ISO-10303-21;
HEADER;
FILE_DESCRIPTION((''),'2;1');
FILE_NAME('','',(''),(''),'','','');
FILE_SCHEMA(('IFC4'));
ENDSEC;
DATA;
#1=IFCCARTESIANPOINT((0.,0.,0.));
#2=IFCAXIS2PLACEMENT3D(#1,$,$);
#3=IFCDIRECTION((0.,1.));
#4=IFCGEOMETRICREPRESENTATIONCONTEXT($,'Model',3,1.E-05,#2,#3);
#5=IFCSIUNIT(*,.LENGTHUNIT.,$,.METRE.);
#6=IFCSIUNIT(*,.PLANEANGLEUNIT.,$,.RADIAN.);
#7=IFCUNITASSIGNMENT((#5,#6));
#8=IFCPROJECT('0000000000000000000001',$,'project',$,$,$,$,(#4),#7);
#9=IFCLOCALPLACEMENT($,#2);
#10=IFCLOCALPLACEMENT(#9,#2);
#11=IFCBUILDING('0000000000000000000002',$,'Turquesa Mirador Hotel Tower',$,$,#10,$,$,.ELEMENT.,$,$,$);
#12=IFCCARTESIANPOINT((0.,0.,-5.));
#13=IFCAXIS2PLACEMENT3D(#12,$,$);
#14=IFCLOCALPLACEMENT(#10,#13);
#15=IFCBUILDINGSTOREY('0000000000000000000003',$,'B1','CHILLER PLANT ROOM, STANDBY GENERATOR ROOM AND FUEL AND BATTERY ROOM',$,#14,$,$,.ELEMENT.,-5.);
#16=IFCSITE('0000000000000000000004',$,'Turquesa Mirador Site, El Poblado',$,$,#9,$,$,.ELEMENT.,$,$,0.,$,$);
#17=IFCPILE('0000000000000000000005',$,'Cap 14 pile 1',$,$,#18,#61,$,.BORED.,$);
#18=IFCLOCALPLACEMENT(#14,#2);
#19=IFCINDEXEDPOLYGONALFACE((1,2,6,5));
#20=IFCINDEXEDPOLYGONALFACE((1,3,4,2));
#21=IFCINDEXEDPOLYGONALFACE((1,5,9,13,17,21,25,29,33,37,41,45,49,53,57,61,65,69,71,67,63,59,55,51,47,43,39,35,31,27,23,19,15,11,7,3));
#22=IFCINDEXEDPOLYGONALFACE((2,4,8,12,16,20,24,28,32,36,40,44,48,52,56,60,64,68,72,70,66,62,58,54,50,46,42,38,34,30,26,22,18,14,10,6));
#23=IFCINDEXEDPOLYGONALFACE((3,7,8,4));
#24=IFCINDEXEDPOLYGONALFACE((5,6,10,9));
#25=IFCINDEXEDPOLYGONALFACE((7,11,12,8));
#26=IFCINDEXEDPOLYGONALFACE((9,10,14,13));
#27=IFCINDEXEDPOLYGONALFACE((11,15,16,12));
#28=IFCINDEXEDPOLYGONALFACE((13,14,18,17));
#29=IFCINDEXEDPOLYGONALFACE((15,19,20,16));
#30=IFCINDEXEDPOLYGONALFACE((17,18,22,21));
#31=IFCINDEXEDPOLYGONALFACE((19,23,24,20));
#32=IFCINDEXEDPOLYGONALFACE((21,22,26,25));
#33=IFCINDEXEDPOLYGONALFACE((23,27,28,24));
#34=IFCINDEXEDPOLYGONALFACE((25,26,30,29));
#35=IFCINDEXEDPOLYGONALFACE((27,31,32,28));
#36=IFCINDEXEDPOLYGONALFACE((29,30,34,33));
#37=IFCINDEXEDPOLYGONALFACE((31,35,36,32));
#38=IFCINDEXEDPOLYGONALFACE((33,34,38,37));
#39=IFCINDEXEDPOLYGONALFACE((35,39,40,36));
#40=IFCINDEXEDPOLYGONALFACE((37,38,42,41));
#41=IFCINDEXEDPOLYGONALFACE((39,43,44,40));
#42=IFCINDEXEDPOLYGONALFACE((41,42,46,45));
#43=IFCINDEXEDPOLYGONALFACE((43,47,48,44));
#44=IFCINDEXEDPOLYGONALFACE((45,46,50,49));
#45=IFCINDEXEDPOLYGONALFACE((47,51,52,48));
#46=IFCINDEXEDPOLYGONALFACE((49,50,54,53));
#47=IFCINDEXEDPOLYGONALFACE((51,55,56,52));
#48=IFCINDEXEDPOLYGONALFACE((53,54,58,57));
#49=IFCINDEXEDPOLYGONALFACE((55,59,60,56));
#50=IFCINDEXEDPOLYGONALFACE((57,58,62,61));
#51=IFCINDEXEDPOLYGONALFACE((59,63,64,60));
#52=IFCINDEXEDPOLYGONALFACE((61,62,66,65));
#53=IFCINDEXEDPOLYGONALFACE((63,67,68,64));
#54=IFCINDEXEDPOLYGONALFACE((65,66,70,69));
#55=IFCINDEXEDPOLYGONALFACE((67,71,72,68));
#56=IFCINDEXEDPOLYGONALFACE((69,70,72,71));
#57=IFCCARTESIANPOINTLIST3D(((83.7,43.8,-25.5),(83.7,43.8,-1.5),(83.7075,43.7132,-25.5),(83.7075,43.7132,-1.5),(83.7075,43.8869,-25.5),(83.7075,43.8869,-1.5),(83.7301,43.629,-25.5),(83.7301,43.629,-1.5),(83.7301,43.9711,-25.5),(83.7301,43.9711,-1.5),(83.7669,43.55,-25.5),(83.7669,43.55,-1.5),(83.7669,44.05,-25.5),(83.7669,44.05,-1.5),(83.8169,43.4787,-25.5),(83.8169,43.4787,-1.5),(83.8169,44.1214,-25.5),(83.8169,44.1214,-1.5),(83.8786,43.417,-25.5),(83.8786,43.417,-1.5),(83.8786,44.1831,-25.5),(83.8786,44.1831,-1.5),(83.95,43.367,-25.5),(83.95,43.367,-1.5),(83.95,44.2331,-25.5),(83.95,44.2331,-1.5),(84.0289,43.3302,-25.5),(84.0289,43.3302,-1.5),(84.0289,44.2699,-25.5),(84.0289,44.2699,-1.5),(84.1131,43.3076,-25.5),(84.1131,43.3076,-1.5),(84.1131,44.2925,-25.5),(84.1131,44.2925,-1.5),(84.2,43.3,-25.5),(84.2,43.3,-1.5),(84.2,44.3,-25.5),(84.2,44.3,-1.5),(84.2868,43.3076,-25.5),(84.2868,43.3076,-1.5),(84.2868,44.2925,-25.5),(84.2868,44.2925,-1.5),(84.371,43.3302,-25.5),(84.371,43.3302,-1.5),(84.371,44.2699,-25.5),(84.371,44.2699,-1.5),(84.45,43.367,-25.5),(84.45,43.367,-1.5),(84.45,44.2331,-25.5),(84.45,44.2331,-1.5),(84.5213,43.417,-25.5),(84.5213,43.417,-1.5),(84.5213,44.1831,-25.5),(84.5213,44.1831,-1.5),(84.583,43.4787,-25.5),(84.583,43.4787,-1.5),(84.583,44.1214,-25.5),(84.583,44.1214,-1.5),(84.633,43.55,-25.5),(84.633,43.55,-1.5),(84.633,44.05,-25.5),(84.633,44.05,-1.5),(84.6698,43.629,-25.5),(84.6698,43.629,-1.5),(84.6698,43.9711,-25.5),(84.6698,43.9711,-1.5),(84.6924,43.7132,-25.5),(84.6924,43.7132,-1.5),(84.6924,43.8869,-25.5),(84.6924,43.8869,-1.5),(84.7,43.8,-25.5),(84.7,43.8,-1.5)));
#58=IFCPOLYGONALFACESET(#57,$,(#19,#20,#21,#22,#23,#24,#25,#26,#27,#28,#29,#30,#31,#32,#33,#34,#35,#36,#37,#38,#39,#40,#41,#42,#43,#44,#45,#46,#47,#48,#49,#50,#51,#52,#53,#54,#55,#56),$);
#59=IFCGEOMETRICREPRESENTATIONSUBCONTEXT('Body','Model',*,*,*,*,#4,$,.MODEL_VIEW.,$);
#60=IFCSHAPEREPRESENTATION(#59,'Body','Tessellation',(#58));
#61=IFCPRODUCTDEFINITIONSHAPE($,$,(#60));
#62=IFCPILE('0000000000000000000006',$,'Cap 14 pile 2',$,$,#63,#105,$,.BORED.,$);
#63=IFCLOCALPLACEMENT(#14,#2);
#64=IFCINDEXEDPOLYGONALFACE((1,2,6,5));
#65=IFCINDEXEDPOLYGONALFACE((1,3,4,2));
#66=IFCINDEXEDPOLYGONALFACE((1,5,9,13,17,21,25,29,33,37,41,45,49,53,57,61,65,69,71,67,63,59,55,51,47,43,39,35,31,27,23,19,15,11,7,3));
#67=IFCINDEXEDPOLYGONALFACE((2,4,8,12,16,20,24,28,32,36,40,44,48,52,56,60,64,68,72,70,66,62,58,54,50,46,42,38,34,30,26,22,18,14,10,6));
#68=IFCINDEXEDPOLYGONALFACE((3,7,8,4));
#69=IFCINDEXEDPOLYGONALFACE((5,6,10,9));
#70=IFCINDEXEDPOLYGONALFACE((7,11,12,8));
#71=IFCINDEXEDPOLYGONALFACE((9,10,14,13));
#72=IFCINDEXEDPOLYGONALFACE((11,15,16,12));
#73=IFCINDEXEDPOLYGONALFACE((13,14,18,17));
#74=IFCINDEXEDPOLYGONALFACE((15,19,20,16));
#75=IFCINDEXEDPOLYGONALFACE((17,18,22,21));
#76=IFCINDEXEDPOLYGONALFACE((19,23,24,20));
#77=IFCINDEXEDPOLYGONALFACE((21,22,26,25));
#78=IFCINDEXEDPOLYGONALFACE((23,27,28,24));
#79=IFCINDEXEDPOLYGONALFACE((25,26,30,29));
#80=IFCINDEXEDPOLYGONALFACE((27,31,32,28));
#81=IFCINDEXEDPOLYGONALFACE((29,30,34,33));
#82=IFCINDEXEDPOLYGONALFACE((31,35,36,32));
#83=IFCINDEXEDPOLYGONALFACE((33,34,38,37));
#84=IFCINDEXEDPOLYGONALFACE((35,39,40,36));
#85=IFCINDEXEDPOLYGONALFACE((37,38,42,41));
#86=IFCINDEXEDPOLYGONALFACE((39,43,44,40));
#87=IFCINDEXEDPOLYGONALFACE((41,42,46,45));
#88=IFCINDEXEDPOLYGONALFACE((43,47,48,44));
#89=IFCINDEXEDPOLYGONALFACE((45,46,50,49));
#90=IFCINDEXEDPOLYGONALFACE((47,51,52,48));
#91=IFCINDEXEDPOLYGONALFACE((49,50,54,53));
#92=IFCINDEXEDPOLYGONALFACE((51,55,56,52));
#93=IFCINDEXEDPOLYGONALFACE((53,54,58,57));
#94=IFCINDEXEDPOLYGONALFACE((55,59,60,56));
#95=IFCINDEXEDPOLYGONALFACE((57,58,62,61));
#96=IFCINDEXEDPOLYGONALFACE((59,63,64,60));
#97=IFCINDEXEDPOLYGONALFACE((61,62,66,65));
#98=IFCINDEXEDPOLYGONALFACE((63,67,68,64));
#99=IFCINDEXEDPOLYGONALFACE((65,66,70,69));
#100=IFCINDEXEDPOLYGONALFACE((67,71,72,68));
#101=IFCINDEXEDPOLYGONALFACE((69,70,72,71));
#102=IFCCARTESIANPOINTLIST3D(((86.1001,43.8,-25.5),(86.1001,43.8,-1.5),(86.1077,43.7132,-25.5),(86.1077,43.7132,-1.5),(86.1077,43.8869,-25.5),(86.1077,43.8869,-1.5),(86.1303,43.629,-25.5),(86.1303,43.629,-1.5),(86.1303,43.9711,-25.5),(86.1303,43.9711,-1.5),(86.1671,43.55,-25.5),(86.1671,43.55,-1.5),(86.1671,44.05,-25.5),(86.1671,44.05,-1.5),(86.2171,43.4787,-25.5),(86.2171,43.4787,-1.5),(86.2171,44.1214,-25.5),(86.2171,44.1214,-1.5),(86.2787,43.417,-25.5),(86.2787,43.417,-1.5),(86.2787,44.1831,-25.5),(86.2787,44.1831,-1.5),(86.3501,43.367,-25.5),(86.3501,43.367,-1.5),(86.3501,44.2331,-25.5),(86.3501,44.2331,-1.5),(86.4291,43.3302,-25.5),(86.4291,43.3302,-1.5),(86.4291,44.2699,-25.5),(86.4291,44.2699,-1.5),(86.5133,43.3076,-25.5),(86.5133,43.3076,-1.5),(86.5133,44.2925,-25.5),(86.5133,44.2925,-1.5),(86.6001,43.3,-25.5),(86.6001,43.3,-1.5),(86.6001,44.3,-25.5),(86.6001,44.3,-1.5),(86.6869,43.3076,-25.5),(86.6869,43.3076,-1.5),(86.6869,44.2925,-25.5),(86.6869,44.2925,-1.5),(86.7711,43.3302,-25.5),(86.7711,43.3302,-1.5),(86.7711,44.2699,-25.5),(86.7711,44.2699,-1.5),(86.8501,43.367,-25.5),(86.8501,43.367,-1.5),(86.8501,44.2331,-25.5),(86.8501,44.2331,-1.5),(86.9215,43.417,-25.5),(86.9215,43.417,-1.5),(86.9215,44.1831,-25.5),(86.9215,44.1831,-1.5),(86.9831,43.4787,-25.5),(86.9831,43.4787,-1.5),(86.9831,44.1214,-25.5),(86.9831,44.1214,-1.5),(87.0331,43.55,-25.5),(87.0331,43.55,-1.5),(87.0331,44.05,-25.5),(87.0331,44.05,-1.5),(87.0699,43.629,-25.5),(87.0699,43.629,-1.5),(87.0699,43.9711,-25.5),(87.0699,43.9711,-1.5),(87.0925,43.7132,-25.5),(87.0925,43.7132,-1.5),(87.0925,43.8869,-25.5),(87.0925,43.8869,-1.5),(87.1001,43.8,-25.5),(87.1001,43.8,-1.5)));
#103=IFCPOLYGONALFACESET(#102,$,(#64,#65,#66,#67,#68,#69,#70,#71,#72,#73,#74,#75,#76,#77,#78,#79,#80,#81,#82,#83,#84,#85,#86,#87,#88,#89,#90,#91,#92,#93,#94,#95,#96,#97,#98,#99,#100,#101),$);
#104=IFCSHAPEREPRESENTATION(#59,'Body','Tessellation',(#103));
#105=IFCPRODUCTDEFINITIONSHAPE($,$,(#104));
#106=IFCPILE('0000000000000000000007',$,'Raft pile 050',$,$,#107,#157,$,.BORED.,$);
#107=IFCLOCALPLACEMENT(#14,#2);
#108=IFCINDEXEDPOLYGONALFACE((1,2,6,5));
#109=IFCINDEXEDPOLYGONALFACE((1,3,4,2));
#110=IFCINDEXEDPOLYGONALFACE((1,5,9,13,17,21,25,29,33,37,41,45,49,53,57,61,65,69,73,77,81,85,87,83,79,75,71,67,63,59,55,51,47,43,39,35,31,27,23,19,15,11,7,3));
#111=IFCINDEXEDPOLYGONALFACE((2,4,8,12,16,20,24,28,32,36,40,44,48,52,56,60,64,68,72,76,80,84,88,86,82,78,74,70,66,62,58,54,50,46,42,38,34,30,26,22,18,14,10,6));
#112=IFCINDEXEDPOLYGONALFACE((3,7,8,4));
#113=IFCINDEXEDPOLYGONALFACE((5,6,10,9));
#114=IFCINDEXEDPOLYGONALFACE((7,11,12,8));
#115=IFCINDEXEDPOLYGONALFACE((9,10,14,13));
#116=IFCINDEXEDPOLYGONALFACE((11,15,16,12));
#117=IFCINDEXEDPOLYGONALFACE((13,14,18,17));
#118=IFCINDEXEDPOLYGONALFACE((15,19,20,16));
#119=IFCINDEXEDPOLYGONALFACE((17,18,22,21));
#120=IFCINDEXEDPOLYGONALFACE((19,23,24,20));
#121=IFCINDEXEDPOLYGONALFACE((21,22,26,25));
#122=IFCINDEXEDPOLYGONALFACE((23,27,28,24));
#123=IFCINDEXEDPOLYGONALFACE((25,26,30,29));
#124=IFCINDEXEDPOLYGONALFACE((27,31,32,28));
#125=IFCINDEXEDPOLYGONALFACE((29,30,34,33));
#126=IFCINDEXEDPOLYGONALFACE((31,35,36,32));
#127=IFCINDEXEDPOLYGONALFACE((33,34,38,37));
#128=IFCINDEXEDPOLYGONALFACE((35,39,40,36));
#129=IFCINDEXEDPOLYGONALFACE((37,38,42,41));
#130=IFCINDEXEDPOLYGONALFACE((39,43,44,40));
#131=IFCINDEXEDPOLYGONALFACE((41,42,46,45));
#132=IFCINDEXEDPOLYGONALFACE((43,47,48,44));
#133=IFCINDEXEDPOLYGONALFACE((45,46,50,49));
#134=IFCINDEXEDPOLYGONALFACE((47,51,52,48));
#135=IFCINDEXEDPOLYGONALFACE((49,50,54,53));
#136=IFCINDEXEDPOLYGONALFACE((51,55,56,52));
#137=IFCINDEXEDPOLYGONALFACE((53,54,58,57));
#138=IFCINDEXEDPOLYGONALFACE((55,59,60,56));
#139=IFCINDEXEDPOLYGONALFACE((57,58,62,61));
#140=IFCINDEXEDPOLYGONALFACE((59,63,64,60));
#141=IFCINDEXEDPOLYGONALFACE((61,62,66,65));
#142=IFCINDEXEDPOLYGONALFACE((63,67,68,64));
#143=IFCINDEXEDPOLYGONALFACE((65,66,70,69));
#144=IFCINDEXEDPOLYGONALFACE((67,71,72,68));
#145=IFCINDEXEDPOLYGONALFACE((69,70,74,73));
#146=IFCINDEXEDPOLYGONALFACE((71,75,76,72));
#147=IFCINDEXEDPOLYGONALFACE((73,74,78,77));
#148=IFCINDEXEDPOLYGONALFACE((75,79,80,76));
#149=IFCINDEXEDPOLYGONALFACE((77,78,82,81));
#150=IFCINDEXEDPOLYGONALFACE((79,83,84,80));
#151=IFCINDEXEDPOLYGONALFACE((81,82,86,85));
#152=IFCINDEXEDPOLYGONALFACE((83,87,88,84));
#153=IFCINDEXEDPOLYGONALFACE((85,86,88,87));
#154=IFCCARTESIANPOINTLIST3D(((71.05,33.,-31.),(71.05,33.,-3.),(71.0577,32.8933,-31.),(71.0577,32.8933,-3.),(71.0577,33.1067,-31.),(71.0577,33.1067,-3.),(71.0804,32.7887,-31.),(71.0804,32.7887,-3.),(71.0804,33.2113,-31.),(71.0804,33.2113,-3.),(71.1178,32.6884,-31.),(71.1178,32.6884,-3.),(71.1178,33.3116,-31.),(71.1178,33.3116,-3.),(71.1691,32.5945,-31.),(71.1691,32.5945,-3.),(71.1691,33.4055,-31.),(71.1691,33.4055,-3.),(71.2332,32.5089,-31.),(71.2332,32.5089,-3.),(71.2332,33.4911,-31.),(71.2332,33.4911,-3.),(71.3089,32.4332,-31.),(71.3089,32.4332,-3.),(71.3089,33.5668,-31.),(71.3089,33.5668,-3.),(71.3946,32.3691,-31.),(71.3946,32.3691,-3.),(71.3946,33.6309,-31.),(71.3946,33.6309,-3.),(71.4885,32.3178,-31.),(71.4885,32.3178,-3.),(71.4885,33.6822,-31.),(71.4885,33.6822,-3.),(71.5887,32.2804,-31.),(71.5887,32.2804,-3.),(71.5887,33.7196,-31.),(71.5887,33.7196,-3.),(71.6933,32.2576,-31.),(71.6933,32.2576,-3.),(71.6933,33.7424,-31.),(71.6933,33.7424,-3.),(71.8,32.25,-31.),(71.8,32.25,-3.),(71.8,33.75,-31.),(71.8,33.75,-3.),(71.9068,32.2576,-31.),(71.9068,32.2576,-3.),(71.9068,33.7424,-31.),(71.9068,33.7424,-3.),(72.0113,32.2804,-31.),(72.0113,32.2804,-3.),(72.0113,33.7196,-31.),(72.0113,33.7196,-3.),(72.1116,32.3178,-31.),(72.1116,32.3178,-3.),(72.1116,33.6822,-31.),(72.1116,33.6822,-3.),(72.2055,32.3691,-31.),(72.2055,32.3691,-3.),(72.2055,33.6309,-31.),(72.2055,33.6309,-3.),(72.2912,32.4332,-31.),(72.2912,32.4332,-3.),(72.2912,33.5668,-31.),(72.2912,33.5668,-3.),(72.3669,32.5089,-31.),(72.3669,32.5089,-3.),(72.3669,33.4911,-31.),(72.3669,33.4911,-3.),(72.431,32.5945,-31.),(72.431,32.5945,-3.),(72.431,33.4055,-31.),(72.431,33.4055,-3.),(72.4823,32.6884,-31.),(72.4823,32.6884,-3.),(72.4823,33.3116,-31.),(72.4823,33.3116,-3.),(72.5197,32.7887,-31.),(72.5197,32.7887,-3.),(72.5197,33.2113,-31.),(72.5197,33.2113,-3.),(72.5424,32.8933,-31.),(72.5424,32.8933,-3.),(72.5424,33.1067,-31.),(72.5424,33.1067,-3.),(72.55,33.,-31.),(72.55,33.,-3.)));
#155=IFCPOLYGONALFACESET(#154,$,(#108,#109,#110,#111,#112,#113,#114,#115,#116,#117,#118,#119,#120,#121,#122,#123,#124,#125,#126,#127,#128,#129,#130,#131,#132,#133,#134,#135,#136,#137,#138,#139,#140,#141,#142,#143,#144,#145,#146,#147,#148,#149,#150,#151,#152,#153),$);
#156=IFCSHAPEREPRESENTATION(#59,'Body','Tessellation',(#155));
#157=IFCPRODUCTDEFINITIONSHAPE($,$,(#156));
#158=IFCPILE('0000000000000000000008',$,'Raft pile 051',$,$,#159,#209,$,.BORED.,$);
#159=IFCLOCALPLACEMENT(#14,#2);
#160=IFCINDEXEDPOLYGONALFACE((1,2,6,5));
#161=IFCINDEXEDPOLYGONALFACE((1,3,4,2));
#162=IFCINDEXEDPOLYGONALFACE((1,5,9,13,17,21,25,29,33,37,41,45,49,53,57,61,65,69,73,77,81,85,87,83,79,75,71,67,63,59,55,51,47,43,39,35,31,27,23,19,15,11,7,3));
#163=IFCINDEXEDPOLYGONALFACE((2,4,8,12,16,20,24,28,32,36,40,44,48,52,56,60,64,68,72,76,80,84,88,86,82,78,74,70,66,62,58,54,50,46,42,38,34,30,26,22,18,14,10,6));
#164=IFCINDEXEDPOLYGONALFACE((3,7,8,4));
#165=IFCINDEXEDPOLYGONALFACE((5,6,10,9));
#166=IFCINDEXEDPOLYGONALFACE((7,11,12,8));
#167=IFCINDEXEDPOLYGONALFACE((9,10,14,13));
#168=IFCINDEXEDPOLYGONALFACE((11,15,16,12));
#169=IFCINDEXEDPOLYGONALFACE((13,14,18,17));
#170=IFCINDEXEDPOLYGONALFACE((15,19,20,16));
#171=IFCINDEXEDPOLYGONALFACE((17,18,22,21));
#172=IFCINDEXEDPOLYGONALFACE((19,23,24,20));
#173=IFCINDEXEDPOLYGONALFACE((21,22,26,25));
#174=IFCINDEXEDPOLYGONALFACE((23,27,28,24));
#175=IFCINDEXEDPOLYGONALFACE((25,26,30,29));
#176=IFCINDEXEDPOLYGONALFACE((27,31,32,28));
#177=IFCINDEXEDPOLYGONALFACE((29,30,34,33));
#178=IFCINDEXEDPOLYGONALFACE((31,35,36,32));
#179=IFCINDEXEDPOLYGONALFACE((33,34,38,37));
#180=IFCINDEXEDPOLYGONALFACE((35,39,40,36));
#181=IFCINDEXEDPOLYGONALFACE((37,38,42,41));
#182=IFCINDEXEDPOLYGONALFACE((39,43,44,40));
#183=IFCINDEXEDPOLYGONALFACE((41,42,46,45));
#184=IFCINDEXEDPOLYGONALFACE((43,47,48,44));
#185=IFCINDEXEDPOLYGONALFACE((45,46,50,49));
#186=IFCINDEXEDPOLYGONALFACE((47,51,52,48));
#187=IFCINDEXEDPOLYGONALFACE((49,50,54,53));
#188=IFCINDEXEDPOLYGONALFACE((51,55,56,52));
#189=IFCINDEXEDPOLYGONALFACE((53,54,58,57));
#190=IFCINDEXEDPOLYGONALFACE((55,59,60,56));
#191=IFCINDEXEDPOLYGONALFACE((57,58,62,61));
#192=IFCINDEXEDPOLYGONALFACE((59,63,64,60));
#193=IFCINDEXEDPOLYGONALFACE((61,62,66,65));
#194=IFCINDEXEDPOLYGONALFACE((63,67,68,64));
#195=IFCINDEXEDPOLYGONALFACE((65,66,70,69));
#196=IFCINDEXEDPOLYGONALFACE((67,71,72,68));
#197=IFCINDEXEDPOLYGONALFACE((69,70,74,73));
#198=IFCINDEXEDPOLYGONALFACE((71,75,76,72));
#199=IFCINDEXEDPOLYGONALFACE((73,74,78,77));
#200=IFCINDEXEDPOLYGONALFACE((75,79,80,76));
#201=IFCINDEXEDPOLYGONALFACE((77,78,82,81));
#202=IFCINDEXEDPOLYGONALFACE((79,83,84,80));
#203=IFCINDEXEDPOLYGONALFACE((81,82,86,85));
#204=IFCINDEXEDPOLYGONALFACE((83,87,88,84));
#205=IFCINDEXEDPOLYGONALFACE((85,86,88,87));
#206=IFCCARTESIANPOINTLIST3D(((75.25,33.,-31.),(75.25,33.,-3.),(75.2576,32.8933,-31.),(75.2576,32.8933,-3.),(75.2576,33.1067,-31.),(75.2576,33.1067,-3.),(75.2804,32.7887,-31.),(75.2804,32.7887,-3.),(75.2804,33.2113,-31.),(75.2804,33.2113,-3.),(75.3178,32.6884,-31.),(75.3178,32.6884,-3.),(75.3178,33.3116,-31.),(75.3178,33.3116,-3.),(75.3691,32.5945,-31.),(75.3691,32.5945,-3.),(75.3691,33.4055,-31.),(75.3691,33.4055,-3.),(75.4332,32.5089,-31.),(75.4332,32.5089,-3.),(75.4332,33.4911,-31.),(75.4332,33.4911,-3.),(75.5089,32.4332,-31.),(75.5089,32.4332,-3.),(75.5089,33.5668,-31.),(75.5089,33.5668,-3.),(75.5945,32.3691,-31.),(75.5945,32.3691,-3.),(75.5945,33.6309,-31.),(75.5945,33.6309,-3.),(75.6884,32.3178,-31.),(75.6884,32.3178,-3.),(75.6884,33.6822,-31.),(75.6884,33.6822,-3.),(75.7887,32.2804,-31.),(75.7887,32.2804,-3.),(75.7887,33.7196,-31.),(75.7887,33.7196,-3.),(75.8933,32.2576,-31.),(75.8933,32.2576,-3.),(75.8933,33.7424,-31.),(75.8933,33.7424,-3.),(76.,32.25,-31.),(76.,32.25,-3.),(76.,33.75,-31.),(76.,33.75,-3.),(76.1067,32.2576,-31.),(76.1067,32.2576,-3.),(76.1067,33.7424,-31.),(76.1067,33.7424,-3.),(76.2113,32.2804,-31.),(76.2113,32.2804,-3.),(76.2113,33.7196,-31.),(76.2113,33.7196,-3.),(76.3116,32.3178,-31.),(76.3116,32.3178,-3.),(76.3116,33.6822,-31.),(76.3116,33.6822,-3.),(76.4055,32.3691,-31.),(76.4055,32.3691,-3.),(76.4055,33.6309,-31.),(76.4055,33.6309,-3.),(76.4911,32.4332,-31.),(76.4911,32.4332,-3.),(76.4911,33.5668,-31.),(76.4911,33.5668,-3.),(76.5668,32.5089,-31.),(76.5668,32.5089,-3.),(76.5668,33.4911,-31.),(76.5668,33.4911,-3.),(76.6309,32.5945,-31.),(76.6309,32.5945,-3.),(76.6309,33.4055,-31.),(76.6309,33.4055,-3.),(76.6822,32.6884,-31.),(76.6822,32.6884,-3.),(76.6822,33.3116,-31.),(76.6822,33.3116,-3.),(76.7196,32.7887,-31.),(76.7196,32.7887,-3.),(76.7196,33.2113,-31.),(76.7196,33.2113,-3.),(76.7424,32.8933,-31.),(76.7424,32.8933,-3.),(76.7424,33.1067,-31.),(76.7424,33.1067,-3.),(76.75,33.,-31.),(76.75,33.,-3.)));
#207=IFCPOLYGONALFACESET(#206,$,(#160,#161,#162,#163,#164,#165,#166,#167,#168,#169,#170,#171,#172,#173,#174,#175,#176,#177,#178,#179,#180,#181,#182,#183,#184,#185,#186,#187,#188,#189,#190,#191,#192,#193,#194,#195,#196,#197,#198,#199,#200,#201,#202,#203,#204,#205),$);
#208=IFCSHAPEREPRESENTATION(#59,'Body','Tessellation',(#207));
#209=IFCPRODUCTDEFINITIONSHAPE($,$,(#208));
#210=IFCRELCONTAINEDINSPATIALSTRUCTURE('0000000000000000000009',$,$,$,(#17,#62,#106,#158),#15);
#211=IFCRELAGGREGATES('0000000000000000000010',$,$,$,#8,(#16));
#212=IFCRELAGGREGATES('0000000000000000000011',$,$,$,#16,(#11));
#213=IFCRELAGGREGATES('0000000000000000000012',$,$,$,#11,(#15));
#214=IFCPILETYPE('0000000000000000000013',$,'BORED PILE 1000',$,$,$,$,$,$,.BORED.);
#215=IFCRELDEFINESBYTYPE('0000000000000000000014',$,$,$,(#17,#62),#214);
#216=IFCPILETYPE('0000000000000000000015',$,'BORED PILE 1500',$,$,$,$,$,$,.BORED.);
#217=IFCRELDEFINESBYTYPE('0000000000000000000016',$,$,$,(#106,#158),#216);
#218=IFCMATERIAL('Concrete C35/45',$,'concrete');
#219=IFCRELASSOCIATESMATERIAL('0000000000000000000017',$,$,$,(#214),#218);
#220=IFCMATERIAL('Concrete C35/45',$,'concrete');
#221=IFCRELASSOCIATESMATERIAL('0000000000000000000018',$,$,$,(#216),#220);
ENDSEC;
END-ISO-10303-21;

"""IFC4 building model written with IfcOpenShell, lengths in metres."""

from ifc_helpers import new_model, si_unit, direction, frame, origin, origin_2d, place, context, subcontext, project, spatial, circle, extrude, material, type_object, element, save


model = new_model("IFC4")

# Units and contexts
model_context = context("Model", 3, precision=1e-05, world=origin(), true_north=direction((0.0, 1.0)))
body_context = subcontext(model_context, "Body", "Model", "MODEL_VIEW")
ifc_project = project(units=[si_unit("LENGTHUNIT", "METRE"), si_unit("PLANEANGLEUNIT", "RADIAN")], contexts=[model_context])

# Site, building, storey
site_placement = place(None, origin())
site = spatial("IfcSite", under=ifc_project, at=site_placement, Name="Turquesa Mirador Site, El Poblado", CompositionType="ELEMENT", RefElevation=0.0)
building_placement = place(site_placement, origin())
building = spatial("IfcBuilding", under=site, at=building_placement, Name="Turquesa Mirador Hotel Tower", CompositionType="ELEMENT")
storey_placement = place(building_placement, frame((0.0, 0.0, -5.0)))
storey = spatial("IfcBuildingStorey", under=building, at=storey_placement, Name="B1", Description="CHILLER PLANT ROOM, STANDBY GENERATOR ROOM AND FUEL AND BATTERY ROOM", CompositionType="ELEMENT", Elevation=-5.0)

# Piles
ifc_material_1 = material(Name="Concrete C35/45", Category="concrete")
pile_type_1 = type_object("IfcPileType", Name="BORED PILE 1000", PredefinedType="BORED", material=ifc_material_1)
for number, where, z_axis, x_axis, name in (
    (1, (84.2, 43.8, -1.5), (0.0, 0.0, -1.0), (1.0, 0.0, 0.0), "Cap 14 pile 1"),
    (2, (86.6001, 43.8, -1.5), (0.0, 0.0, -1.0), (1.0, 0.0, 0.0), "Cap 14 pile 2"),
):
    element("IfcPile", number, at=place(storey_placement, frame(where, z_axis=z_axis, x_axis=x_axis)), inside=storey, type_object=pile_type_1, Name=name, PredefinedType="BORED", context=body_context, shape_type="SweptSolid", body=[
        extrude(circle(Radius=0.5, at=origin_2d()), origin(), (0.0, 0.0, 1.0), 24.0),
    ])
ifc_material_2 = material(Name="Concrete C35/45", Category="concrete")
pile_type_2 = type_object("IfcPileType", Name="BORED PILE 1500", PredefinedType="BORED", material=ifc_material_2)
for number, where, z_axis, x_axis, name in (
    (3, (71.8, 33.0, -3.0), (0.0, 0.0, -1.0), (1.0, 0.0, 0.0), "Raft pile 050"),
    (4, (76.0, 33.0, -3.0), (0.0, 0.0, -1.0), (1.0, 0.0, 0.0), "Raft pile 051"),
):
    element("IfcPile", number, at=place(storey_placement, frame(where, z_axis=z_axis, x_axis=x_axis)), inside=storey, type_object=pile_type_2, Name=name, PredefinedType="BORED", context=body_context, shape_type="SweptSolid", body=[
        extrude(circle(Radius=0.75, at=origin_2d()), origin(), (0.0, 0.0, 1.0), 28.0),
    ])

save(model, "model.ifc")
